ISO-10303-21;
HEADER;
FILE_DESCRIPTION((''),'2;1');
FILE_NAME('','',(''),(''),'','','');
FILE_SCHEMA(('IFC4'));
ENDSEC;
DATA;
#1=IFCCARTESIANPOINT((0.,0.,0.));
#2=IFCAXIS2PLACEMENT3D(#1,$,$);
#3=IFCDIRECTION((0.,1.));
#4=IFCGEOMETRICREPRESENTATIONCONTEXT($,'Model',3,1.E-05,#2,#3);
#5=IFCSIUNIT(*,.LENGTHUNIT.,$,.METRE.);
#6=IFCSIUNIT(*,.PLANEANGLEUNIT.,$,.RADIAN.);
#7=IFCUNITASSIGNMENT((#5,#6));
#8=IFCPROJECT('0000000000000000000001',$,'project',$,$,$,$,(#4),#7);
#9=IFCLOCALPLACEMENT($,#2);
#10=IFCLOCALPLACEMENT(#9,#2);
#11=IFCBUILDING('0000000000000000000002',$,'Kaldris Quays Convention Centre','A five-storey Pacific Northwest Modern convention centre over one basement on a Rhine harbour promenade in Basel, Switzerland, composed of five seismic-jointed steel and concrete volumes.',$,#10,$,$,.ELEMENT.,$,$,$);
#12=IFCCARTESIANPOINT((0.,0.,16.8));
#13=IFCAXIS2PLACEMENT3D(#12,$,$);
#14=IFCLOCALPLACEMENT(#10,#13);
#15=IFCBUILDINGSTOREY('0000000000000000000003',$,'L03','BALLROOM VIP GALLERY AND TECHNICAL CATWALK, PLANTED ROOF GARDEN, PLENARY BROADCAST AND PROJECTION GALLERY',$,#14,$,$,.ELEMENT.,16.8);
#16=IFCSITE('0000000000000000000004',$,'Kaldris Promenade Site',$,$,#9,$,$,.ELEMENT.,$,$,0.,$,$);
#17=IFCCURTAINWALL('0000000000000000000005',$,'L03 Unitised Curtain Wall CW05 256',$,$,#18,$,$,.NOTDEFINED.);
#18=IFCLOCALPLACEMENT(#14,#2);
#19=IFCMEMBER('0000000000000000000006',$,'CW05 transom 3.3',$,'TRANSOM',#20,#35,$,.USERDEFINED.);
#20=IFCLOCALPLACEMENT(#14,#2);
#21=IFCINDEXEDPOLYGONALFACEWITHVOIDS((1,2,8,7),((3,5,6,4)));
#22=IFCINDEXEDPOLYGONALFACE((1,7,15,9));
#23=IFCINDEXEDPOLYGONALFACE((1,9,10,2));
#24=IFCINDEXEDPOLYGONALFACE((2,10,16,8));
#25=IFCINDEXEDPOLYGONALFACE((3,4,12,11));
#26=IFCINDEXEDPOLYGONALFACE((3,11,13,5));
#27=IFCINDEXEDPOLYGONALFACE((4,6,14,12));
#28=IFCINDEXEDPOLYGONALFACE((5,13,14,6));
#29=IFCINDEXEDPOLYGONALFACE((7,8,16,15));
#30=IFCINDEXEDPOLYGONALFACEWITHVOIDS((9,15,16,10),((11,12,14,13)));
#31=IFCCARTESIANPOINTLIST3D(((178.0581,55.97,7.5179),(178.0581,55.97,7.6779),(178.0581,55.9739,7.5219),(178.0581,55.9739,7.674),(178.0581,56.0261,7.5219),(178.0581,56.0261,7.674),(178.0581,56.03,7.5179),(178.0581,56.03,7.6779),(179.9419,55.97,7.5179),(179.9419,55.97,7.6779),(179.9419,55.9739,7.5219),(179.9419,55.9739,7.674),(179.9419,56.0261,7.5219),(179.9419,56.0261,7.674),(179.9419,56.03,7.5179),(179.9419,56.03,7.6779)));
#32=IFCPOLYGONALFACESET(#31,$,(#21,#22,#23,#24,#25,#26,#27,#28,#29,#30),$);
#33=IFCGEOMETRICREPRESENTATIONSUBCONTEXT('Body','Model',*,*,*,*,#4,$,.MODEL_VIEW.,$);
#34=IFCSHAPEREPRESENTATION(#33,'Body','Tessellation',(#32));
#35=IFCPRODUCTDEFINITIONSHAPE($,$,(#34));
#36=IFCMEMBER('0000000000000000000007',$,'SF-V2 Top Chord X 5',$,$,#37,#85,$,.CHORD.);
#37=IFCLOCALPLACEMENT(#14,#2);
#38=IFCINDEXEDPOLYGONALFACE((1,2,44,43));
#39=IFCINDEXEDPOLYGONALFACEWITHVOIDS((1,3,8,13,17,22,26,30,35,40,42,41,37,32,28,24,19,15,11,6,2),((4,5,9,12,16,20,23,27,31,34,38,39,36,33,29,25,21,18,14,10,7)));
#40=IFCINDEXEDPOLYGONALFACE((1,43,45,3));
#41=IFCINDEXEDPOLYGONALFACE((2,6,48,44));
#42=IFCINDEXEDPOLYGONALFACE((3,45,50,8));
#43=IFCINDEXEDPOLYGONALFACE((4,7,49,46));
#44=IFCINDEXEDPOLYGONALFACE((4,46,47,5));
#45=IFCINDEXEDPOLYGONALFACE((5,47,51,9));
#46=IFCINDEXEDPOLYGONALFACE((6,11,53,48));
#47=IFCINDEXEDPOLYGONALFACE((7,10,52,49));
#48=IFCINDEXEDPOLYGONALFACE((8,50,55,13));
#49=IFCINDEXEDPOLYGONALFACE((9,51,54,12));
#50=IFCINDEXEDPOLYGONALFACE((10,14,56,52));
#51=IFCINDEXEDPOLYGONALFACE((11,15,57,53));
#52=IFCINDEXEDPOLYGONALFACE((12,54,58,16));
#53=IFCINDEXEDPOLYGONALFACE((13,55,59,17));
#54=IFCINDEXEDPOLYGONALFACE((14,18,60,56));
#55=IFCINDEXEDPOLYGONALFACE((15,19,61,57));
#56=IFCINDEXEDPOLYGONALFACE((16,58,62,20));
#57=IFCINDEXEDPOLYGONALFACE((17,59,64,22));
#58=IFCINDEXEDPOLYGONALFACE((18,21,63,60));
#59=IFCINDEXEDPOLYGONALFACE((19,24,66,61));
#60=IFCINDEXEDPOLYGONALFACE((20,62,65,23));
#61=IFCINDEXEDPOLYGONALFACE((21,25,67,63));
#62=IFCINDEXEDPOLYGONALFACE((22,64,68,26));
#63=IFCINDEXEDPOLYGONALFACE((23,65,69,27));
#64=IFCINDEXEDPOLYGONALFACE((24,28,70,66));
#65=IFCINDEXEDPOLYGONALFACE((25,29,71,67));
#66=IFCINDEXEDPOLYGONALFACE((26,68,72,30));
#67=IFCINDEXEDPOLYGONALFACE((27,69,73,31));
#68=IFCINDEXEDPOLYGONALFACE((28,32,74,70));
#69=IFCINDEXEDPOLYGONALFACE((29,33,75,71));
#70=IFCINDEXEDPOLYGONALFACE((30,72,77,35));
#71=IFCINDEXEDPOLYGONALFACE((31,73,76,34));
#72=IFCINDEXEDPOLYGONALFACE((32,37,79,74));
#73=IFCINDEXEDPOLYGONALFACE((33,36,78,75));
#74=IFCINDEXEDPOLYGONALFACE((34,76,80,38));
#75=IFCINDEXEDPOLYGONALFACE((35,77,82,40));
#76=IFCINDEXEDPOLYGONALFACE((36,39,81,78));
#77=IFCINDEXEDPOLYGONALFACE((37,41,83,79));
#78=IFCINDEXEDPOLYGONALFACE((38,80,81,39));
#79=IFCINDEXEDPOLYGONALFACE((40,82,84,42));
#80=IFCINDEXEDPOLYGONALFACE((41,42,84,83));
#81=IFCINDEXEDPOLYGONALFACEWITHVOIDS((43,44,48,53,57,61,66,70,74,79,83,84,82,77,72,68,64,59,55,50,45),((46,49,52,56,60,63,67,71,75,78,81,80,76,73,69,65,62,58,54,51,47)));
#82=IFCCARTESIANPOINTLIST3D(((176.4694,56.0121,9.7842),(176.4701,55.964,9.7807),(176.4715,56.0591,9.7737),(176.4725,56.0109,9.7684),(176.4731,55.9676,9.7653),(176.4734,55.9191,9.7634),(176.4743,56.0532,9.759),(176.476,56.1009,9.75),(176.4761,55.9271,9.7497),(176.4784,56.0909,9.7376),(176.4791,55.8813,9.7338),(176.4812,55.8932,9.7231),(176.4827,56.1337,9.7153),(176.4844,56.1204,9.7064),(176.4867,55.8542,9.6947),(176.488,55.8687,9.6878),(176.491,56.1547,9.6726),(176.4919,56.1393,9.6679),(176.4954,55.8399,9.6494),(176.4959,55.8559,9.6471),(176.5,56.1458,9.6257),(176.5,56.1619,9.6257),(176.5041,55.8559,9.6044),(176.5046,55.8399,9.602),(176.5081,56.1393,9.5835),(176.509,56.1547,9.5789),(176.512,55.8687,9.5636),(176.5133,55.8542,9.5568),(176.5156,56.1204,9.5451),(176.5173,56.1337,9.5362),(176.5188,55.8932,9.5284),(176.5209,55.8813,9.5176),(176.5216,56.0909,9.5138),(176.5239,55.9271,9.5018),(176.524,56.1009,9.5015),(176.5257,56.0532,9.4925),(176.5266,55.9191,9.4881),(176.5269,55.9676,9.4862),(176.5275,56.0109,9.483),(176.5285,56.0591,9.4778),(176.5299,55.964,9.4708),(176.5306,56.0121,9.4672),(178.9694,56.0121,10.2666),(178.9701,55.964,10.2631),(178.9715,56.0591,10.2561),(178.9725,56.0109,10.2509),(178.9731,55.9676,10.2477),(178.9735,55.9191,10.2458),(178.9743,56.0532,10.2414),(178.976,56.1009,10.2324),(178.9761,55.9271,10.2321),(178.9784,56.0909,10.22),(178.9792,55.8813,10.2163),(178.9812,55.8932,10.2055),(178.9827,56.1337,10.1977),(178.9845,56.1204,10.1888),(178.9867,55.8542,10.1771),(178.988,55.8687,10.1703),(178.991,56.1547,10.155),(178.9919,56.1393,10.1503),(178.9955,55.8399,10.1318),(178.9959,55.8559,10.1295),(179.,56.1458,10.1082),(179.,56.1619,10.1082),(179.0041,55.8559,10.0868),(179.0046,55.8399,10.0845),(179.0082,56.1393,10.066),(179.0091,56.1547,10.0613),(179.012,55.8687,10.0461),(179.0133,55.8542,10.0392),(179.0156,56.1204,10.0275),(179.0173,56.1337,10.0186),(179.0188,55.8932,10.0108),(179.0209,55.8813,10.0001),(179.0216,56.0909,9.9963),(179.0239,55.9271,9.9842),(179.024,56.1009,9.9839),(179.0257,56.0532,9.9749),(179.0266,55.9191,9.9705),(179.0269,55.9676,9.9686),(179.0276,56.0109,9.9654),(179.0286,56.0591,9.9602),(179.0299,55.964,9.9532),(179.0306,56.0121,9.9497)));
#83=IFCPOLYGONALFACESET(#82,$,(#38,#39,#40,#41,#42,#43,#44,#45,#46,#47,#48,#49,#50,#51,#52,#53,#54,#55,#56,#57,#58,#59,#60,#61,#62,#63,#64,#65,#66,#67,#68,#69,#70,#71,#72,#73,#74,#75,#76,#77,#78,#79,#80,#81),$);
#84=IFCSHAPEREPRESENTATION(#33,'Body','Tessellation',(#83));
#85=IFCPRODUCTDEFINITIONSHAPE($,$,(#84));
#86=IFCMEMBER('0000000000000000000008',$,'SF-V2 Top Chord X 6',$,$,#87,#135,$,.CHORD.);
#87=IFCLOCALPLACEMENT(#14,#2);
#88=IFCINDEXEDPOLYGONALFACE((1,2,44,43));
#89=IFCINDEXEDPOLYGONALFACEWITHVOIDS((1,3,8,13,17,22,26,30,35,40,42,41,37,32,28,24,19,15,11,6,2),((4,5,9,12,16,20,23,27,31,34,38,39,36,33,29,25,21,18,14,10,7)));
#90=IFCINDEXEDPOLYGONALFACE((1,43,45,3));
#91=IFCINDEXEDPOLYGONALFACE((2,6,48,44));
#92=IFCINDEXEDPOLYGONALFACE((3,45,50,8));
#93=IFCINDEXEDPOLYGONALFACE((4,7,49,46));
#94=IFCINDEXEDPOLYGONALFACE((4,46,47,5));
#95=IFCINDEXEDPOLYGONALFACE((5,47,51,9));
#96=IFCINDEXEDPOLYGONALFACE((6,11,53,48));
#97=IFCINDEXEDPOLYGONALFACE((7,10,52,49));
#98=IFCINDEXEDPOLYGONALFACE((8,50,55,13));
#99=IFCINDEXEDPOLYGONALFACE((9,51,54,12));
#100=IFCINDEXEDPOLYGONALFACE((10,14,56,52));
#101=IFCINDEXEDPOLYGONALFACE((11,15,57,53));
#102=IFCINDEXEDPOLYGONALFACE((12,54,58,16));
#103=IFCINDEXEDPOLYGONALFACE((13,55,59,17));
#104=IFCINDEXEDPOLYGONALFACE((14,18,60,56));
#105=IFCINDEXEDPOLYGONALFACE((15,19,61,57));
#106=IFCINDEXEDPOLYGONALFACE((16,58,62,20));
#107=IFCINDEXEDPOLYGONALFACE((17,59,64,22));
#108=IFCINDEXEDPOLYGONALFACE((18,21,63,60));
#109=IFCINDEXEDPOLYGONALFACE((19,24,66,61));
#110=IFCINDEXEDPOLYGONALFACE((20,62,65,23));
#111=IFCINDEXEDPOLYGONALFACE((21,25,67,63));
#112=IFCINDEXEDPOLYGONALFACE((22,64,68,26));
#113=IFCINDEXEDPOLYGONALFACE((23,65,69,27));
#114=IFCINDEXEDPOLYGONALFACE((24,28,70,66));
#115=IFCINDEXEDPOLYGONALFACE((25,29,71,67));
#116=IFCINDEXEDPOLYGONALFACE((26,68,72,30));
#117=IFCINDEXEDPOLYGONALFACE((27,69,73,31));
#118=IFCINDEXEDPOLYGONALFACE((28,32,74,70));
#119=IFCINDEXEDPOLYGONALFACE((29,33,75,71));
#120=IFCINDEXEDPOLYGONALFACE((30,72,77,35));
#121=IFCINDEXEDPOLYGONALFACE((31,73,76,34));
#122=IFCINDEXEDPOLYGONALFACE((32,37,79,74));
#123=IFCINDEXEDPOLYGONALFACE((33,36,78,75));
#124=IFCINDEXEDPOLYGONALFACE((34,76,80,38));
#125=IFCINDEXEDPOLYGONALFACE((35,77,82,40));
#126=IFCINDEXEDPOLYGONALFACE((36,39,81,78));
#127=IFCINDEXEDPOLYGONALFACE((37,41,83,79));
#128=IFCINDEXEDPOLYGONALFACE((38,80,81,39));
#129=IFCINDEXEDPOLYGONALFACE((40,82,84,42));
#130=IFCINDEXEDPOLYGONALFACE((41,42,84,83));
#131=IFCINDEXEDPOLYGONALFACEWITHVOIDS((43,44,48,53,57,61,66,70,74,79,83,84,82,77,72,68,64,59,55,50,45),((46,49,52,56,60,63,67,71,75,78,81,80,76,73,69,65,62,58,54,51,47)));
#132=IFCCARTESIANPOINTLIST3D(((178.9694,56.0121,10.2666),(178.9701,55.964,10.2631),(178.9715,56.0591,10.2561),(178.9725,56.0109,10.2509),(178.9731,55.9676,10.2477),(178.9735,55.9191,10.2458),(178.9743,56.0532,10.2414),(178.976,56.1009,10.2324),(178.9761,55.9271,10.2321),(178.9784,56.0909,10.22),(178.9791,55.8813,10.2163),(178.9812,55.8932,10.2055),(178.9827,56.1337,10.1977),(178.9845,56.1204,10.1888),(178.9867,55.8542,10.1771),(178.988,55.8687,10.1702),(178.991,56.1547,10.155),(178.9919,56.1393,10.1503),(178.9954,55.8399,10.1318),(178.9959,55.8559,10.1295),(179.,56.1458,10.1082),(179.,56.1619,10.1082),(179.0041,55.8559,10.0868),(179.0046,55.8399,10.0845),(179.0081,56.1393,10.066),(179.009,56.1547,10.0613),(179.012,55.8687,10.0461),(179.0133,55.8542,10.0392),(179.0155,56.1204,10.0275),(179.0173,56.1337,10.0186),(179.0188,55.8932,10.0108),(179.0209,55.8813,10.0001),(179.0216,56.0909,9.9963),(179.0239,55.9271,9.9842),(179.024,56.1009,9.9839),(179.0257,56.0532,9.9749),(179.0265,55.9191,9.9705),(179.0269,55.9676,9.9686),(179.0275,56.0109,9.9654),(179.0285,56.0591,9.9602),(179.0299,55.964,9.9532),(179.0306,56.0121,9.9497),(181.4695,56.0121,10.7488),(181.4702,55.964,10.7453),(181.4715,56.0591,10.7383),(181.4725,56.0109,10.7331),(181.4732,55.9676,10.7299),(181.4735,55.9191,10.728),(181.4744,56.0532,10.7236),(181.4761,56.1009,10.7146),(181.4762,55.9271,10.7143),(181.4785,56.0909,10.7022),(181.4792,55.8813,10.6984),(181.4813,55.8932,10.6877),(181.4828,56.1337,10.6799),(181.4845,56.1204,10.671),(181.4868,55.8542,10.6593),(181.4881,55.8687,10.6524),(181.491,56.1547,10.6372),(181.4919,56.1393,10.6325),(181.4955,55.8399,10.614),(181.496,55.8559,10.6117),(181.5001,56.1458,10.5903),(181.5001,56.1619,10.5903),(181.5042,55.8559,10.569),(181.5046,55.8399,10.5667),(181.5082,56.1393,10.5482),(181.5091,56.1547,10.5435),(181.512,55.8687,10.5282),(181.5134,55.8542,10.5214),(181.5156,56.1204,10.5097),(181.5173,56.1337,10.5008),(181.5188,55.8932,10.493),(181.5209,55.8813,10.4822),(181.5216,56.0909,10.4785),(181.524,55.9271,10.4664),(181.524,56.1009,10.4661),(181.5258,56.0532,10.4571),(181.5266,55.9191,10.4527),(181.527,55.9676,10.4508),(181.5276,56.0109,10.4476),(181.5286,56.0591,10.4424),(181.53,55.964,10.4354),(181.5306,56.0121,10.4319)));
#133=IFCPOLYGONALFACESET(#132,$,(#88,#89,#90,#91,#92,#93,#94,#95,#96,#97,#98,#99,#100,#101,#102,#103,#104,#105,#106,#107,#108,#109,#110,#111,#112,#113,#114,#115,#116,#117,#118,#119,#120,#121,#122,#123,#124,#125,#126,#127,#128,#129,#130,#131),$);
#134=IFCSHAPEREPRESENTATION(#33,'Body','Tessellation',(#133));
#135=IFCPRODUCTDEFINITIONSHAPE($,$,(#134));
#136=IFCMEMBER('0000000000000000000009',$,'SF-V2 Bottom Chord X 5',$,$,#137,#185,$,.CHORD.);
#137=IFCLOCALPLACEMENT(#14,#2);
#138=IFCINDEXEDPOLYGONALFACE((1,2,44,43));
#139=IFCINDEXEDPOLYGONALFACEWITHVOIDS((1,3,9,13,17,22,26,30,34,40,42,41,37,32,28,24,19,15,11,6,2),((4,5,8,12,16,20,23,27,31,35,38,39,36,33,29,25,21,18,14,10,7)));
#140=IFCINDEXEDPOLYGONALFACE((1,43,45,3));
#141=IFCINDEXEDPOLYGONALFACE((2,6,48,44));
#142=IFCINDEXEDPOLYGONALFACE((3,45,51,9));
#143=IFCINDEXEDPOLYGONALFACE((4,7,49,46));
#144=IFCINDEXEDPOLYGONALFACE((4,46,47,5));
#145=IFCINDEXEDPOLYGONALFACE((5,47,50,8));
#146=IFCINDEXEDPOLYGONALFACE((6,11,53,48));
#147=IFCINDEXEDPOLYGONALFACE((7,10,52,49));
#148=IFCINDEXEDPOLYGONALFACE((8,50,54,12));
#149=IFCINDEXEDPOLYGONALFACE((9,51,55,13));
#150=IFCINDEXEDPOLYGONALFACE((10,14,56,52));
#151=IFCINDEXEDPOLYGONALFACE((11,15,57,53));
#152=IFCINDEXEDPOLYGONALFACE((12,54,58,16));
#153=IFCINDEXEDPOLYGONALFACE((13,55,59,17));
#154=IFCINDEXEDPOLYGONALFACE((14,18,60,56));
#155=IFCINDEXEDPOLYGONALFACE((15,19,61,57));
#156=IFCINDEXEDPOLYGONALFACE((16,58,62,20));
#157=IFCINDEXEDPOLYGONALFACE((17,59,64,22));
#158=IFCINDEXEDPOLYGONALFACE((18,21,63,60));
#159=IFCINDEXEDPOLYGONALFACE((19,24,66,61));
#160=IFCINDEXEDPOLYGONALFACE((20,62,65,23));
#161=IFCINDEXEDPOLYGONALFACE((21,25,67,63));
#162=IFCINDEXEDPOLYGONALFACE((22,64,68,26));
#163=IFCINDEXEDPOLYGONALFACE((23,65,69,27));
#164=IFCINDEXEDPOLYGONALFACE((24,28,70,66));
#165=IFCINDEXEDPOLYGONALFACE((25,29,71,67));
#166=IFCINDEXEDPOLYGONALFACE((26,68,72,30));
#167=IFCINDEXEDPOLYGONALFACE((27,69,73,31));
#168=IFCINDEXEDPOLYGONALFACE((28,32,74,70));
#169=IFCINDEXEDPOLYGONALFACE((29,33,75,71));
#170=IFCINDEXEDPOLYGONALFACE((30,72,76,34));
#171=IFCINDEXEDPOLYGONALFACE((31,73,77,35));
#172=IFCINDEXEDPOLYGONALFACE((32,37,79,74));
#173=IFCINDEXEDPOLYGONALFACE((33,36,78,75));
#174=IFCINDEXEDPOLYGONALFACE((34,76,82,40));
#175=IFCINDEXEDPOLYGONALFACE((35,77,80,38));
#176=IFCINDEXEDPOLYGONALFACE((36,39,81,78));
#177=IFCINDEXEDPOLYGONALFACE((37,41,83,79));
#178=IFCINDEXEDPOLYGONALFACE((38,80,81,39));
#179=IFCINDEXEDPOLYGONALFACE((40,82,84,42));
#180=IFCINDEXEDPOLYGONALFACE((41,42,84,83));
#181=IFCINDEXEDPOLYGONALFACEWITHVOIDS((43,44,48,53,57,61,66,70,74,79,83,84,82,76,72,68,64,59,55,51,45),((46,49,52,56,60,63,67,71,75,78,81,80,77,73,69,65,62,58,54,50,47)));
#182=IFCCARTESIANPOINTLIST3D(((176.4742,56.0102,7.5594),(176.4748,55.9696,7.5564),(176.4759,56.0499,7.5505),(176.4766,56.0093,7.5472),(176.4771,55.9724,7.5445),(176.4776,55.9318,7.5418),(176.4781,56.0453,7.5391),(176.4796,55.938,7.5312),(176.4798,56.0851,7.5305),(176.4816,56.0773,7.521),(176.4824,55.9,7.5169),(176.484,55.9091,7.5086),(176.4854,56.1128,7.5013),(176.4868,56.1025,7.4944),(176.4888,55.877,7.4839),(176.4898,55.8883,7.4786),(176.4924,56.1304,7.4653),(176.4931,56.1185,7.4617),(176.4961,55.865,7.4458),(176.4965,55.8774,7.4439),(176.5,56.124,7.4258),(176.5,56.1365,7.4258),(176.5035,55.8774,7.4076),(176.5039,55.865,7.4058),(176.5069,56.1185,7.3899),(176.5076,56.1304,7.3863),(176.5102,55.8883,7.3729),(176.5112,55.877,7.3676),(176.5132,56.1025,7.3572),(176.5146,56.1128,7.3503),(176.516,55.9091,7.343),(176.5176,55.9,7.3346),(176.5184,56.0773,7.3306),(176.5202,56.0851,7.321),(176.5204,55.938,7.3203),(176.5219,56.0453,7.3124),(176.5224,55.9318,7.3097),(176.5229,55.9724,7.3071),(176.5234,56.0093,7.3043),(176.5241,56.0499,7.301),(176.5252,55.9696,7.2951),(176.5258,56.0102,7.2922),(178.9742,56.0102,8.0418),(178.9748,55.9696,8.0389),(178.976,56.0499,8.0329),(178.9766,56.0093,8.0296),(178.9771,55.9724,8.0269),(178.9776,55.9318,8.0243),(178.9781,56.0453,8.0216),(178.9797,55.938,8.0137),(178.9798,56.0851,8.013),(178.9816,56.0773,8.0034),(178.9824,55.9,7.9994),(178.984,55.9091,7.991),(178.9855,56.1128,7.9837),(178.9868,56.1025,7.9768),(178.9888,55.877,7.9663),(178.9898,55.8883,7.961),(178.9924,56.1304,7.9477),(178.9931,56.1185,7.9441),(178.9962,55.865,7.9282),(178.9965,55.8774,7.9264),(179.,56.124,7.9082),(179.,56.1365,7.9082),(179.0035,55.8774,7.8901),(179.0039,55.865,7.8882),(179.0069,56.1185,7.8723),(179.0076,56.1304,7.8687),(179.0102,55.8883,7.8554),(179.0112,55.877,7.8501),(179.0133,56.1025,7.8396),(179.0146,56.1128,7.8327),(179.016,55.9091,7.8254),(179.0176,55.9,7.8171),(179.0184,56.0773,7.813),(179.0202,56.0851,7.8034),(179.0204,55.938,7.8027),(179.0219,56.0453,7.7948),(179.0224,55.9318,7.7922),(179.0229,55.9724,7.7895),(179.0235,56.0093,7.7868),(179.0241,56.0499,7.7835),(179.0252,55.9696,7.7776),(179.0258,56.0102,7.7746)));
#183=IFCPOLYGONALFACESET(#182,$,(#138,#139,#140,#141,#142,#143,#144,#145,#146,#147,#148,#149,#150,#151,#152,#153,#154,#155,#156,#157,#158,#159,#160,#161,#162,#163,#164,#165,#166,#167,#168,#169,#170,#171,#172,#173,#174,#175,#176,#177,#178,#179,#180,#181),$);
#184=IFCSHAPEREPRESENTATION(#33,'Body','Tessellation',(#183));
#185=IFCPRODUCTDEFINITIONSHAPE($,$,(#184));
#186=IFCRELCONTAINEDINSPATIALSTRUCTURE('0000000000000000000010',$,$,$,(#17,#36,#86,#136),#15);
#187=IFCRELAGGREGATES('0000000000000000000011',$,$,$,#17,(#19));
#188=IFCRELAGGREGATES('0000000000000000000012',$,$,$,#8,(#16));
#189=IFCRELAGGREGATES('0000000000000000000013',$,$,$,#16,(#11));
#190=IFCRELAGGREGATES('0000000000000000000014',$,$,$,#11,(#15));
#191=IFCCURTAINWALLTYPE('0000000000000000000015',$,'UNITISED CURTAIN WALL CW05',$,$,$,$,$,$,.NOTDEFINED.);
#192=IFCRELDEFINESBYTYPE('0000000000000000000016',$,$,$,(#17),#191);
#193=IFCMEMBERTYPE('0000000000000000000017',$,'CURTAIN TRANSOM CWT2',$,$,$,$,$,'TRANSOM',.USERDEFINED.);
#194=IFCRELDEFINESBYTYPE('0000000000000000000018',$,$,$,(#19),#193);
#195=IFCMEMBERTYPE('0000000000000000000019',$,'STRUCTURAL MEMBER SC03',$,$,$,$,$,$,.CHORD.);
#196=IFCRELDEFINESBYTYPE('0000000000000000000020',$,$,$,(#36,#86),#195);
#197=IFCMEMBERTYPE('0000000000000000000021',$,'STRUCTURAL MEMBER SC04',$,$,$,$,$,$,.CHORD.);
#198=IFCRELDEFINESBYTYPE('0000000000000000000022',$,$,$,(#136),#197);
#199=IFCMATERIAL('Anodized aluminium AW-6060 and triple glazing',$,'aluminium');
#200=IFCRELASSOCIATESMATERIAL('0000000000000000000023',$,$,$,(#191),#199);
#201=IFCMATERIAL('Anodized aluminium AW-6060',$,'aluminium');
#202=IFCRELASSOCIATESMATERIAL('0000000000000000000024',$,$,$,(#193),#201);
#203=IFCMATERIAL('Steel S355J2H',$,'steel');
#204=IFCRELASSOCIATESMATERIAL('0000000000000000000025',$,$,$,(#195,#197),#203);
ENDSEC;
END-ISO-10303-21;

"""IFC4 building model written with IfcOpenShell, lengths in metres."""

from ifc_helpers import new_model, si_unit, direction, frame, origin, origin_2d, place, context, subcontext, project, spatial, hollow_rectangle, hollow_circle, extrude, material, material_profile, profile_set, type_object, element, aggregate, save


model = new_model("IFC4")

# Units and contexts
model_context = context("Model", 3, precision=1e-05, world=origin(), true_north=direction((0.0, 1.0)))
body_context = subcontext(model_context, "Body", "Model", "MODEL_VIEW")
ifc_project = project(units=[si_unit("LENGTHUNIT", "METRE"), si_unit("PLANEANGLEUNIT", "RADIAN")], contexts=[model_context])

# Site, building, storey
site_placement = place(None, origin())
site = spatial("IfcSite", under=ifc_project, at=site_placement, Name="Kaldris Promenade Site", CompositionType="ELEMENT", RefElevation=0.0)
building_placement = place(site_placement, origin())
building = spatial("IfcBuilding", under=site, at=building_placement, Name="Kaldris Quays Convention Centre", Description="A five-storey Pacific Northwest Modern convention centre over one basement on a Rhine harbour promenade in Basel, Switzerland, composed of five seismic-jointed steel and concrete volumes.", CompositionType="ELEMENT")
storey_placement = place(building_placement, frame((0.0, 0.0, 16.8)))
storey = spatial("IfcBuildingStorey", under=building, at=storey_placement, Name="L03", Description="BALLROOM VIP GALLERY AND TECHNICAL CATWALK, PLANTED ROOF GARDEN, PLENARY BROADCAST AND PROJECTION GALLERY", CompositionType="ELEMENT", Elevation=16.8)

# Curtain wall, member
ifc_material_1 = material(Name="Anodized aluminium AW-6060 and triple glazing", Category="aluminium")
curtain_wall_type = type_object("IfcCurtainWallType", Name="UNITISED CURTAIN WALL CW05", PredefinedType="NOTDEFINED", material=ifc_material_1)
curtain_wall_placement = place(storey_placement, origin())
curtain_wall = element("IfcCurtainWall", 1, at=curtain_wall_placement, inside=storey, type_object=curtain_wall_type, Name="L03 Unitised Curtain Wall CW05 256", PredefinedType="NOTDEFINED")
ifc_material_2 = material(Name="Anodized aluminium AW-6060", Category="aluminium")
ifc_material_profile_1 = material_profile(ifc_material_2, hollow_rectangle(XDim=0.0601, YDim=0.1599, WallThickness=0.0039, at=origin_2d()), Name="RHS 160x60x4")
ifc_profile_set_1 = profile_set([ifc_material_profile_1], Name="Anodized aluminium AW-6060")
member_type_1 = type_object("IfcMemberType", Name="CURTAIN TRANSOM CWT2", ElementType="TRANSOM", PredefinedType="USERDEFINED", material=ifc_profile_set_1)
member_1_placement = place(storey_placement, frame((178.0581, 56.0, 7.5979), z_axis=(1.0, 0.0, 0.0), x_axis=(0.0, 1.0, 0.0)))
member_1 = element("IfcMember", 2, at=member_1_placement, type_object=member_type_1, Name="CW05 transom 3.3", ObjectType="TRANSOM", PredefinedType="USERDEFINED", context=body_context, shape_type="SweptSolid", body=[
    extrude(hollow_rectangle(XDim=0.0601, YDim=0.1599, WallThickness=0.0039, at=origin_2d()), origin(), (0.0, 0.0, 1.0), 1.8838),
])

# Members
ifc_material_3 = material(Name="Steel S355J2H", Category="steel")
ifc_material_profile_2 = material_profile(ifc_material_3, hollow_circle(Radius=0.1619, WallThickness=0.0161, at=origin_2d()), Name="CHS 323.9x16")
ifc_profile_set_2 = profile_set([ifc_material_profile_2], Name="Steel S355J2H")
member_type_2 = type_object("IfcMemberType", Name="STRUCTURAL MEMBER SC03", PredefinedType="CHORD", material=ifc_profile_set_2)
for number, where, z_axis, x_axis, name in (
    (3, (176.5, 56.0, 9.6257), (0.981886, 0.0, 0.189473), (0.0, 1.0, 0.0), "SF-V2 Top Chord X 5"),
    (4, (179.0, 56.0, 10.1082), (0.981904, 0.0, 0.189381), (0.0, 1.0, 0.0), "SF-V2 Top Chord X 6"),
):
    element("IfcMember", number, at=place(storey_placement, frame(where, z_axis=z_axis, x_axis=x_axis)), inside=storey, type_object=member_type_2, Name=name, PredefinedType="CHORD", context=body_context, shape_type="SweptSolid", body=[
        extrude(hollow_circle(Radius=0.1619, WallThickness=0.0161, at=origin_2d()), origin(), (0.0, 0.0, 1.0), 2.5461),
    ])
ifc_material_profile_3 = material_profile(ifc_material_3, hollow_circle(Radius=0.1365, WallThickness=0.0125, at=origin_2d()), Name="CHS 273x12.5")
ifc_profile_set_3 = profile_set([ifc_material_profile_3], Name="Steel S355J2H")
member_type_3 = type_object("IfcMemberType", Name="STRUCTURAL MEMBER SC04", PredefinedType="CHORD", material=ifc_profile_set_3)
for number, where, z_axis, x_axis, name in (
    (5, (176.5, 56.0, 7.4258), (0.981886, 0.0, 0.189473), (0.0, 1.0, 0.0), "SF-V2 Bottom Chord X 5"),
):
    element("IfcMember", number, at=place(storey_placement, frame(where, z_axis=z_axis, x_axis=x_axis)), inside=storey, type_object=member_type_3, Name=name, PredefinedType="CHORD", context=body_context, shape_type="SweptSolid", body=[
        extrude(hollow_circle(Radius=0.1365, WallThickness=0.0125, at=origin_2d()), origin(), (0.0, 0.0, 1.0), 2.5461),
    ])

aggregate(curtain_wall, [member_1])

save(model, "model.ifc")
